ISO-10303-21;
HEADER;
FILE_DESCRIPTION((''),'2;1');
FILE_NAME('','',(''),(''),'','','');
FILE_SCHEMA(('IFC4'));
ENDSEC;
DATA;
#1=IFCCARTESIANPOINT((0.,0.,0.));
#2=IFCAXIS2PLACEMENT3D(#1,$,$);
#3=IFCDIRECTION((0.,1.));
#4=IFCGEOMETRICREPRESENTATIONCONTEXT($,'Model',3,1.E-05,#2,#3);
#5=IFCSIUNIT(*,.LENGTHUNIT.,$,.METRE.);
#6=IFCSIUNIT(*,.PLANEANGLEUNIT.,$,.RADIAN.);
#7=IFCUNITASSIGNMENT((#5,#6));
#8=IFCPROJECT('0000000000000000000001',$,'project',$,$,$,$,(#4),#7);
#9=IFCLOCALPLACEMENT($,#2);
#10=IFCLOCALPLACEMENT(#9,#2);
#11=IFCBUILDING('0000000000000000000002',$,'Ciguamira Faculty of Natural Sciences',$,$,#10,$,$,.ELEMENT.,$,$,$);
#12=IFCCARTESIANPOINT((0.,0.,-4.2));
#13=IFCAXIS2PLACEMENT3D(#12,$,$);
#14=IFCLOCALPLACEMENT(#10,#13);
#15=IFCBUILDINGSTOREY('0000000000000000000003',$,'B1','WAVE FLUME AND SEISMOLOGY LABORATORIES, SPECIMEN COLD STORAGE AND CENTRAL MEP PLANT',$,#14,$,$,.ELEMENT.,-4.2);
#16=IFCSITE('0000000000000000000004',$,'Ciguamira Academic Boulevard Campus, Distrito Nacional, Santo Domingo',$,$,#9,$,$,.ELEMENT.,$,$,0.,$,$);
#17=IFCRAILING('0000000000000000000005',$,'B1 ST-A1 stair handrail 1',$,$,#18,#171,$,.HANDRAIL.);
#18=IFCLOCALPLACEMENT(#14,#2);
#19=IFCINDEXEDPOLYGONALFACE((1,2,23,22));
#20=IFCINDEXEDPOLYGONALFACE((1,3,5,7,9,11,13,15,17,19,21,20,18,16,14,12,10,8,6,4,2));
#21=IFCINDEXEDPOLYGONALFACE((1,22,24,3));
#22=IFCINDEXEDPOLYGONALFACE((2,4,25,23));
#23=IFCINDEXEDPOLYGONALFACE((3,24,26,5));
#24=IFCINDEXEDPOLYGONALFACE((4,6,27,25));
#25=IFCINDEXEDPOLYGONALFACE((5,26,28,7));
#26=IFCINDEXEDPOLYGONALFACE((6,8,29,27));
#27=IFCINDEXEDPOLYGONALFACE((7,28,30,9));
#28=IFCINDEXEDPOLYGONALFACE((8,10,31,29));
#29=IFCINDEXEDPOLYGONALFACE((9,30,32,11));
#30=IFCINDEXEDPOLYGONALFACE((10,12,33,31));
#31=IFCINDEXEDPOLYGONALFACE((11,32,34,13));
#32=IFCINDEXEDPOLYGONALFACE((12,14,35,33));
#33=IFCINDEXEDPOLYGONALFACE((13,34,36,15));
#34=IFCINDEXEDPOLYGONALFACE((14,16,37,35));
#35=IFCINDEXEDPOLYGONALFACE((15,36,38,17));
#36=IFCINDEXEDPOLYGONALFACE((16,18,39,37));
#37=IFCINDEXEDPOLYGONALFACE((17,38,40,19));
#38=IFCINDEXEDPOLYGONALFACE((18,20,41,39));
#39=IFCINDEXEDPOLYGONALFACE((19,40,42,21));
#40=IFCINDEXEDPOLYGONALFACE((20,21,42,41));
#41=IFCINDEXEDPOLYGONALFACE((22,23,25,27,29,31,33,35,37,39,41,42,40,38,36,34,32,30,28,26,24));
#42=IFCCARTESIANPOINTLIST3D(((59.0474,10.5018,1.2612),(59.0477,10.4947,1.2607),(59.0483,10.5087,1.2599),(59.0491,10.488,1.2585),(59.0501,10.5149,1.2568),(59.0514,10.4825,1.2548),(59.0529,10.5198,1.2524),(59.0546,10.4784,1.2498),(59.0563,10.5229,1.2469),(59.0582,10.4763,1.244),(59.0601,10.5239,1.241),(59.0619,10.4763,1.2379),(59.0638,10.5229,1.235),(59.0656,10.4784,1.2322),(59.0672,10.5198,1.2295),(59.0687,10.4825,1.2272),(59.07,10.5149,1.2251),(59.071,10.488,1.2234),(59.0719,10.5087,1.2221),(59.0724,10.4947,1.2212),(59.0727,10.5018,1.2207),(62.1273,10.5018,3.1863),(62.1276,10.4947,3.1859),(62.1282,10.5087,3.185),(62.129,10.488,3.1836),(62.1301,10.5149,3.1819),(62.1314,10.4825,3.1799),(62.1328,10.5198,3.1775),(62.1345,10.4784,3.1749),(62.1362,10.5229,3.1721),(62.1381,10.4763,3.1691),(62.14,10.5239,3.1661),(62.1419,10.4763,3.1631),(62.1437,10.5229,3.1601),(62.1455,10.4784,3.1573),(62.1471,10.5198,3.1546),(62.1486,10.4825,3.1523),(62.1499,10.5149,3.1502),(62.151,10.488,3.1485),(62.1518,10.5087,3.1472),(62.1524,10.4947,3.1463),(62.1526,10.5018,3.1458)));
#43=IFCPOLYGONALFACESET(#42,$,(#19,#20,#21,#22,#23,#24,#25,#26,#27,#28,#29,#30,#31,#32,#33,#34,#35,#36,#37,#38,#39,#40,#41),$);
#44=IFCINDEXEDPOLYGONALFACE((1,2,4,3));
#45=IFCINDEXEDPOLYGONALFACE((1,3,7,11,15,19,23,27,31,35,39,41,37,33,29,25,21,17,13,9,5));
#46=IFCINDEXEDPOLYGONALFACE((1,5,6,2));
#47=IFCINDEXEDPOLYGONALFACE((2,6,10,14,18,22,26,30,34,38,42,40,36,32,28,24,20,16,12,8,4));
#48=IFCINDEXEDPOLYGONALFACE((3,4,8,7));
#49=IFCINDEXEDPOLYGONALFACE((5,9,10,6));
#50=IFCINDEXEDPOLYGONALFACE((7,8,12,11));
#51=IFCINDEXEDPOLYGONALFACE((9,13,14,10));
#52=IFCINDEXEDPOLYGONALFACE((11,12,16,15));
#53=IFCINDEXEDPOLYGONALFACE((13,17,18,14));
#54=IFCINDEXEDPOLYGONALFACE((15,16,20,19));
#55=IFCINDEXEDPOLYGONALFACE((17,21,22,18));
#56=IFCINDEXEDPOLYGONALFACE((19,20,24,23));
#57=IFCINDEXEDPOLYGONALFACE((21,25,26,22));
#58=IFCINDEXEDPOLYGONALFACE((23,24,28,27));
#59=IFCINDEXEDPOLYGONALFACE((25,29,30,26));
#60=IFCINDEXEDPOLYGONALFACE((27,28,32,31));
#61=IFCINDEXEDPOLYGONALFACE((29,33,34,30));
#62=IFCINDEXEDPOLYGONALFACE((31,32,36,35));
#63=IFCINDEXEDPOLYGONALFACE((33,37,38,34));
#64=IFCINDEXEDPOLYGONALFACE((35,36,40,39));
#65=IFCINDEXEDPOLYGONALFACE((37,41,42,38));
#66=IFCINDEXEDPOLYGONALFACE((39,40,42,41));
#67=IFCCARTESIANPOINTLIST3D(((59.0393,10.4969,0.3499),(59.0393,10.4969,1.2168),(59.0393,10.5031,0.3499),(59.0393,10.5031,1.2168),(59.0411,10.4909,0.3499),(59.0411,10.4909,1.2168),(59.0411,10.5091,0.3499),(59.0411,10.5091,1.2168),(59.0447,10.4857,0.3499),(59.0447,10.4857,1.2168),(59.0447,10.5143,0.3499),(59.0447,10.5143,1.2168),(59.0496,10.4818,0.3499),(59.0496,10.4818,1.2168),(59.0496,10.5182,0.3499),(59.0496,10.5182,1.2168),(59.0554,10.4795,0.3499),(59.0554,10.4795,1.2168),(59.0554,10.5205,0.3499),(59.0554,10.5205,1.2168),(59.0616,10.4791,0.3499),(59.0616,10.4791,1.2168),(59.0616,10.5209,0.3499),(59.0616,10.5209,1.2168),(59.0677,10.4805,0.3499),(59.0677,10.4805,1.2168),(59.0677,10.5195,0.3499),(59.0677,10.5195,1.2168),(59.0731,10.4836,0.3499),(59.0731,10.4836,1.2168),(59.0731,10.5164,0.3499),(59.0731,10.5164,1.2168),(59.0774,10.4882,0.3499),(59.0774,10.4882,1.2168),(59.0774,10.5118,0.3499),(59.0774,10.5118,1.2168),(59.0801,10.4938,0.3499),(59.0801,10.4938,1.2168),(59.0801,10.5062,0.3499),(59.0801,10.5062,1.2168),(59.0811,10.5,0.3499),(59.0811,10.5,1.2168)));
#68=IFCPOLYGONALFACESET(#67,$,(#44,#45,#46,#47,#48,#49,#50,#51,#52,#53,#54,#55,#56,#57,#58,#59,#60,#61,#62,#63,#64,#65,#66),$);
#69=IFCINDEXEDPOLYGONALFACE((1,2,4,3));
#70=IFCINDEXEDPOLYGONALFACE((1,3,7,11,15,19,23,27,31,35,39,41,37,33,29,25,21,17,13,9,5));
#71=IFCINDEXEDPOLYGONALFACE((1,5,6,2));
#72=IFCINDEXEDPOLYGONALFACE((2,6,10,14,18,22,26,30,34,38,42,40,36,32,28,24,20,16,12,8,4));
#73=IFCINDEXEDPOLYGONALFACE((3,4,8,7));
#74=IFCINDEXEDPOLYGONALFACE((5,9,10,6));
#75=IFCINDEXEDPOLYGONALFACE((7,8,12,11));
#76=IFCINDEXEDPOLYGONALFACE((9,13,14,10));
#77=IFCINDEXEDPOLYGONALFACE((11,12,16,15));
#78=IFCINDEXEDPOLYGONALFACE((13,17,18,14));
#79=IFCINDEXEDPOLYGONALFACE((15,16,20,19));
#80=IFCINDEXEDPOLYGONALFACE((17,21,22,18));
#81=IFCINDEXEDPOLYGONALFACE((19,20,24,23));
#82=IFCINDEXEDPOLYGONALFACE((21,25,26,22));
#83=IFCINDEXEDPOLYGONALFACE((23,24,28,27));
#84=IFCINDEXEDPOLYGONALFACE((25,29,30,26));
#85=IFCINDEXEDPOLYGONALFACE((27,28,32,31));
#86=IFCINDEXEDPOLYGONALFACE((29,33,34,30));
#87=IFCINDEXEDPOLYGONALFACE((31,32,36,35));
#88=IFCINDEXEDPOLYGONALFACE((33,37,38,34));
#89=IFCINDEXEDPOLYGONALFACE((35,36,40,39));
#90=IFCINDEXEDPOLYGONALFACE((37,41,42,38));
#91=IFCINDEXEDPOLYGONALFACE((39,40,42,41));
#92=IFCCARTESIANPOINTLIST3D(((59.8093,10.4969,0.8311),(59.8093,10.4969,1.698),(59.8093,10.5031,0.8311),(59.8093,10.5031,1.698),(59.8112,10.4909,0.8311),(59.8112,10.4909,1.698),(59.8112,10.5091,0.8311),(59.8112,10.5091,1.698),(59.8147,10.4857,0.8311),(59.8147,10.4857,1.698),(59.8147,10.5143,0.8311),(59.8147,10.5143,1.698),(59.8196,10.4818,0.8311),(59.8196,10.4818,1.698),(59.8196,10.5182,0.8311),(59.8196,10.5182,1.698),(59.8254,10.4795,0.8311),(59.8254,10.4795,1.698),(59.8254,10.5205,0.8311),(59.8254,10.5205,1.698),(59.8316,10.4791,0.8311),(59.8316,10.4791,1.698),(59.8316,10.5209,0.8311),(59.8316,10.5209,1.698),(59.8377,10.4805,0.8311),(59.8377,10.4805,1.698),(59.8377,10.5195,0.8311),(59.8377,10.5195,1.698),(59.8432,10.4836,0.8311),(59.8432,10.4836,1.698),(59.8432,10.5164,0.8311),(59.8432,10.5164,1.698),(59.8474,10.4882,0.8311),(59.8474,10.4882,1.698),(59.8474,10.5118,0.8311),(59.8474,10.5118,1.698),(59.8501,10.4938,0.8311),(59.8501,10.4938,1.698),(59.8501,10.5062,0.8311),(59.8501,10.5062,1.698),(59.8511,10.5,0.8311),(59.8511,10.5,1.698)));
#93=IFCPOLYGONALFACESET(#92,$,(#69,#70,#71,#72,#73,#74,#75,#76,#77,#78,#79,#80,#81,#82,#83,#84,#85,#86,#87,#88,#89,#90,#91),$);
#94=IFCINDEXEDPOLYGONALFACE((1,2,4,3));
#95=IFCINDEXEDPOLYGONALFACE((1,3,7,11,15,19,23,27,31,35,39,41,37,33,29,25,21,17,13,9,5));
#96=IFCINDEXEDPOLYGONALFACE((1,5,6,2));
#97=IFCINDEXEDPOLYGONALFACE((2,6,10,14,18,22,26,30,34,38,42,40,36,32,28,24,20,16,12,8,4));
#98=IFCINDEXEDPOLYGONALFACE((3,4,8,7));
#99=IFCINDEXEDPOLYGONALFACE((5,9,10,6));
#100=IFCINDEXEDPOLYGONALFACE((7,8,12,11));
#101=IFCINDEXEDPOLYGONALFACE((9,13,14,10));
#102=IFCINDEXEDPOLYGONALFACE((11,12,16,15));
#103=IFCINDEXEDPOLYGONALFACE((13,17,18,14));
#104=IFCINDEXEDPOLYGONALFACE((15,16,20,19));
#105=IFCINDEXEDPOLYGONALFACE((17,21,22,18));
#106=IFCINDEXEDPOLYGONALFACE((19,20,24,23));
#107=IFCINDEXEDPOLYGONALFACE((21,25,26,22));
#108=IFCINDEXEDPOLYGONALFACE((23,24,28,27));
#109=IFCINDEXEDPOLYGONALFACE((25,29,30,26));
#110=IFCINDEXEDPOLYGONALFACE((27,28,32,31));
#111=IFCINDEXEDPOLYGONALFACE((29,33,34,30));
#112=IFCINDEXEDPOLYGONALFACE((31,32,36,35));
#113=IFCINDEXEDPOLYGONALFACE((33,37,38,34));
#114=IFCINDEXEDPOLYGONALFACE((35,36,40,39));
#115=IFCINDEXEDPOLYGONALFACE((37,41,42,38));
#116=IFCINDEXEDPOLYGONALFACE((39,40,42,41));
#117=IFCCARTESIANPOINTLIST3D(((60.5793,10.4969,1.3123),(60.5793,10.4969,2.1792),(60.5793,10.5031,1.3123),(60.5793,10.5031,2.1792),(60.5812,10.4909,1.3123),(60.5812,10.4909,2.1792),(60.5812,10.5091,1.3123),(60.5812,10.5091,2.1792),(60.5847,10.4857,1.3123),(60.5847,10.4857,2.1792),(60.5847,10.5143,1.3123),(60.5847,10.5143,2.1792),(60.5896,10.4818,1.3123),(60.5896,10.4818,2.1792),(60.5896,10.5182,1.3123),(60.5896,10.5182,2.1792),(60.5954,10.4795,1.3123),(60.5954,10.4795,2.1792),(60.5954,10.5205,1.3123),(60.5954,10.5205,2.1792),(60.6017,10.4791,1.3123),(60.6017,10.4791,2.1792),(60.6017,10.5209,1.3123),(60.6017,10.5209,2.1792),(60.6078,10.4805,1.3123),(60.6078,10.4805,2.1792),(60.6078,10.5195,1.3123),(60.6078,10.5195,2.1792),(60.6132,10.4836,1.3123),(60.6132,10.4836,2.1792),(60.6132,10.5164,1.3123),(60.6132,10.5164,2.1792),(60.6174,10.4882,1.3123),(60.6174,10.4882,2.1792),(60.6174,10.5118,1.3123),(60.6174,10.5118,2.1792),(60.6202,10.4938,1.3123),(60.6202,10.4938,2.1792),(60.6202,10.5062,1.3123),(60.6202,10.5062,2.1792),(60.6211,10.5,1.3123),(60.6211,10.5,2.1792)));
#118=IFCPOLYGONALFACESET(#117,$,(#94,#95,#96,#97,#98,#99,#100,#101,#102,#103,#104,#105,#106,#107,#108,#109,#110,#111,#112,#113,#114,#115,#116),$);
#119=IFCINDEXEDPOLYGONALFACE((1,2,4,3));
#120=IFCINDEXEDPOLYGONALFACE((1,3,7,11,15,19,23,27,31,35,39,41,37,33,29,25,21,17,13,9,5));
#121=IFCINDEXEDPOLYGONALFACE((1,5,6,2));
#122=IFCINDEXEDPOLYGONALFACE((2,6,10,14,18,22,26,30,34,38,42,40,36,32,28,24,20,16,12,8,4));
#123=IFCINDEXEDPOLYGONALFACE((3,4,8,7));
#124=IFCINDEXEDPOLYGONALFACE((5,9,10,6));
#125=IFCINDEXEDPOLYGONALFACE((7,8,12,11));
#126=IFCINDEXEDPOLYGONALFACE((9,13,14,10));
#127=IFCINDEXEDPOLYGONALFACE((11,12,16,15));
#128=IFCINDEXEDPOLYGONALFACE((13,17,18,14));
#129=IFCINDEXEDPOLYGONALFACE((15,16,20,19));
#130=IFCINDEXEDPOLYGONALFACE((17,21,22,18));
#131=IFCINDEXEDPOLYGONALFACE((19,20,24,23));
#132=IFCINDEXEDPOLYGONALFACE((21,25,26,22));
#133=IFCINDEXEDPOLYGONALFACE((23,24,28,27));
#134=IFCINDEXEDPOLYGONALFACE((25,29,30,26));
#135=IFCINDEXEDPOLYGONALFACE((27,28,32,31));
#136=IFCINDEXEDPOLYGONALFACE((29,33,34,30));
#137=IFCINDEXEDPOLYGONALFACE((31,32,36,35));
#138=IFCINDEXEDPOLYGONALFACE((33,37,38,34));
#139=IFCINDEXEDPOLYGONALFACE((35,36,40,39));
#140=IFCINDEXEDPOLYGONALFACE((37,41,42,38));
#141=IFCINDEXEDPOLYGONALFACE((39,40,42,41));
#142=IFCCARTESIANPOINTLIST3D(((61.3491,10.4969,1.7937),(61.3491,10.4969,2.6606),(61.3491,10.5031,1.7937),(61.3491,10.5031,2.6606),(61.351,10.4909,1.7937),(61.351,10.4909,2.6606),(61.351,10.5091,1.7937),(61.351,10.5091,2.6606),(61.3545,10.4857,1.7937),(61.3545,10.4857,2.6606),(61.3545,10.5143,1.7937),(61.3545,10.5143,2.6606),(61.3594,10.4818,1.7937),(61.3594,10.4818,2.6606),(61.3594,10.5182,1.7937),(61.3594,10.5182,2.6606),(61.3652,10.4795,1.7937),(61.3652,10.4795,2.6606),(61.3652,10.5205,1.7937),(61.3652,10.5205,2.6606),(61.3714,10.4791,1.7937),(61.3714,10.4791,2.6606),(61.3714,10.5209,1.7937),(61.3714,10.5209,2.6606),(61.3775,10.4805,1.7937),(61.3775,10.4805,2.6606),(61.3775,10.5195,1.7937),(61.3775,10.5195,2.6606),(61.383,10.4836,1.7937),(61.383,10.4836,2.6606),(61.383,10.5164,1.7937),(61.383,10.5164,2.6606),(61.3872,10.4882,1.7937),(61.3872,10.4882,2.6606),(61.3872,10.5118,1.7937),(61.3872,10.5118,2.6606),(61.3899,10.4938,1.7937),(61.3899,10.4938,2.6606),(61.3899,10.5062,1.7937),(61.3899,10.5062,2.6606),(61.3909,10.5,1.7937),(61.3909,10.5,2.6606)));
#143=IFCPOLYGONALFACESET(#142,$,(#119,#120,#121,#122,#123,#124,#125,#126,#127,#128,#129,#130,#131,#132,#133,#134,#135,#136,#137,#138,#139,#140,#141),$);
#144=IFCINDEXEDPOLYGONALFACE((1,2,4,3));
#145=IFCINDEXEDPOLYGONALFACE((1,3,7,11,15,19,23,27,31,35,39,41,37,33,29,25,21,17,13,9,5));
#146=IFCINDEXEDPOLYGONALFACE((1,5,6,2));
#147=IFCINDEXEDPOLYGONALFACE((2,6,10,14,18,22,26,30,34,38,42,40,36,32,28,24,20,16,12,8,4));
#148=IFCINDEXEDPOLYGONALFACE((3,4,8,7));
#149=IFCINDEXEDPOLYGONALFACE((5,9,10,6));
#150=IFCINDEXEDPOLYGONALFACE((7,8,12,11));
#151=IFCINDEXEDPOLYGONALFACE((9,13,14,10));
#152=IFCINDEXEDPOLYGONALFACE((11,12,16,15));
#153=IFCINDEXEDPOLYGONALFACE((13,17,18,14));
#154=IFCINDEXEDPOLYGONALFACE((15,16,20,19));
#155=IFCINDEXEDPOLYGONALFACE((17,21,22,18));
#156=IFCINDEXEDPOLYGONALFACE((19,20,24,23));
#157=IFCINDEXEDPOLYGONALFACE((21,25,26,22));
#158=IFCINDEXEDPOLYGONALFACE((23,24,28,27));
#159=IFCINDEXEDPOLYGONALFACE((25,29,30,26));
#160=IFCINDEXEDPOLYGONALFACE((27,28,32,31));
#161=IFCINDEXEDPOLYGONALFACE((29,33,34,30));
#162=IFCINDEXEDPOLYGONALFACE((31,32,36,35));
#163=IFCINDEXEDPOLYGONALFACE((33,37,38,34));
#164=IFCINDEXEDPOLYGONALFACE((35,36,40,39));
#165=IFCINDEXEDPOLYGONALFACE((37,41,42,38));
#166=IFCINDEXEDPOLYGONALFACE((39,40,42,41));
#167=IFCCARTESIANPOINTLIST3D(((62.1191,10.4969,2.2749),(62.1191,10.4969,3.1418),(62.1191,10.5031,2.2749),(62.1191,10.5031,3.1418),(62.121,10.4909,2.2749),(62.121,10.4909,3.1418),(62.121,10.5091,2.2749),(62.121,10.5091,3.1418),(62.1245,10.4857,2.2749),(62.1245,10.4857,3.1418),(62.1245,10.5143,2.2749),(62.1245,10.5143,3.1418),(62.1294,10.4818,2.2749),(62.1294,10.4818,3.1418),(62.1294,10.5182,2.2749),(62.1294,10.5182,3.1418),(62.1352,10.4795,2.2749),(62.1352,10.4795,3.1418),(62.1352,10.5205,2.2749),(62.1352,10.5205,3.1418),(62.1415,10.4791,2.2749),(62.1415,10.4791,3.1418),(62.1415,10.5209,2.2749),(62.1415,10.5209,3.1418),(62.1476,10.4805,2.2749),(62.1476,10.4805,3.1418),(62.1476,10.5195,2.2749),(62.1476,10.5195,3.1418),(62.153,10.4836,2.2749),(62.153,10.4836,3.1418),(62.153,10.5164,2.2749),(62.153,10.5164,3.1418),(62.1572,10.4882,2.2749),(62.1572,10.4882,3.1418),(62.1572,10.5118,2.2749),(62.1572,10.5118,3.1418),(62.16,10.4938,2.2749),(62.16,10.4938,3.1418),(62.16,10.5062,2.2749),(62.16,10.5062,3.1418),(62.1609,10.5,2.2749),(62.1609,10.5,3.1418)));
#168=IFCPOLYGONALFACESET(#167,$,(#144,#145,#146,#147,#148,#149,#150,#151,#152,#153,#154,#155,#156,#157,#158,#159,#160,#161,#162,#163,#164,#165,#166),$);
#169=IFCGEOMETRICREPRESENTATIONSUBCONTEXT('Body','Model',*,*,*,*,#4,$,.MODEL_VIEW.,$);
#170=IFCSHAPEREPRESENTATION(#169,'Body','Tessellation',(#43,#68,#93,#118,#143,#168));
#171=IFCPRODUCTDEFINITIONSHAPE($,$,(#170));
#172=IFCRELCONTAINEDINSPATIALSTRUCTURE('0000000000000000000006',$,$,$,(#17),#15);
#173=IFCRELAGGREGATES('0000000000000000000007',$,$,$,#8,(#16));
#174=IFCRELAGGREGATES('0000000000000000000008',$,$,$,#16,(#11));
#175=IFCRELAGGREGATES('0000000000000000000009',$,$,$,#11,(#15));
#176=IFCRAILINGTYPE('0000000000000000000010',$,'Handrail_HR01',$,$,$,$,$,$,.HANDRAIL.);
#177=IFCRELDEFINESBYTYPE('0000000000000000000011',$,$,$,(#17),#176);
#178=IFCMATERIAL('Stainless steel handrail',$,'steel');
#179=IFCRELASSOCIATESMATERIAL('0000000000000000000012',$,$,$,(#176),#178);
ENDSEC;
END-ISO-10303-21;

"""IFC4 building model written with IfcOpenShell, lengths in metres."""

from ifc_helpers import new_model, si_unit, direction, frame, origin, origin_2d, place, context, subcontext, project, spatial, circle, extrude, material, type_object, element, save


model = new_model("IFC4")

# Units and contexts
model_context = context("Model", 3, precision=1e-05, world=origin(), true_north=direction((0.0, 1.0)))
body_context = subcontext(model_context, "Body", "Model", "MODEL_VIEW")
ifc_project = project(units=[si_unit("LENGTHUNIT", "METRE"), si_unit("PLANEANGLEUNIT", "RADIAN")], contexts=[model_context])

# Site, building, storey
site_placement = place(None, origin())
site = spatial("IfcSite", under=ifc_project, at=site_placement, Name="Ciguamira Academic Boulevard Campus, Distrito Nacional, Santo Domingo", CompositionType="ELEMENT", RefElevation=0.0)
building_placement = place(site_placement, origin())
building = spatial("IfcBuilding", under=site, at=building_placement, Name="Ciguamira Faculty of Natural Sciences", CompositionType="ELEMENT")
storey_placement = place(building_placement, frame((0.0, 0.0, -4.2)))
storey = spatial("IfcBuildingStorey", under=building, at=storey_placement, Name="B1", Description="WAVE FLUME AND SEISMOLOGY LABORATORIES, SPECIMEN COLD STORAGE AND CENTRAL MEP PLANT", CompositionType="ELEMENT", Elevation=-4.2)

# Railing
ifc_material_1 = material(Name="Stainless steel handrail", Category="steel")
railing_type_1 = type_object("IfcRailingType", Name="Handrail_HR01", PredefinedType="HANDRAIL", material=ifc_material_1)
railing_1_placement = place(storey_placement, frame((59.0601, 10.5, 0.3499)))
element("IfcRailing", 1, at=railing_1_placement, inside=storey, type_object=railing_type_1, Name="B1 ST-A1 stair handrail 1", PredefinedType="HANDRAIL", context=body_context, shape_type="SweptSolid", body=[
    extrude(circle(Radius=0.0239, at=origin_2d()), frame((0.0, 0.0, 0.8911), z_axis=(0.847979, 0.0, 0.530029), x_axis=(0.0, 1.0, 0.0)), (0.0, 0.0, 1.0), 3.6321),
    extrude(circle(Radius=0.021, at=origin_2d()), origin(), (0.0, 0.0, 1.0), 0.8669),
    extrude(circle(Radius=0.021, at=origin_2d()), frame((0.77, 0.0, 0.4812)), (0.0, 0.0, 1.0), 0.8669),
    extrude(circle(Radius=0.021, at=origin_2d()), frame((1.54, 0.0, 0.9624)), (0.0, 0.0, 1.0), 0.8669),
    extrude(circle(Radius=0.021, at=origin_2d()), frame((2.3098, 0.0, 1.4438)), (0.0, 0.0, 1.0), 0.8669),
    extrude(circle(Radius=0.021, at=origin_2d()), frame((3.0798, 0.0, 1.925)), (0.0, 0.0, 1.0), 0.8669),
])

save(model, "model.ifc")
